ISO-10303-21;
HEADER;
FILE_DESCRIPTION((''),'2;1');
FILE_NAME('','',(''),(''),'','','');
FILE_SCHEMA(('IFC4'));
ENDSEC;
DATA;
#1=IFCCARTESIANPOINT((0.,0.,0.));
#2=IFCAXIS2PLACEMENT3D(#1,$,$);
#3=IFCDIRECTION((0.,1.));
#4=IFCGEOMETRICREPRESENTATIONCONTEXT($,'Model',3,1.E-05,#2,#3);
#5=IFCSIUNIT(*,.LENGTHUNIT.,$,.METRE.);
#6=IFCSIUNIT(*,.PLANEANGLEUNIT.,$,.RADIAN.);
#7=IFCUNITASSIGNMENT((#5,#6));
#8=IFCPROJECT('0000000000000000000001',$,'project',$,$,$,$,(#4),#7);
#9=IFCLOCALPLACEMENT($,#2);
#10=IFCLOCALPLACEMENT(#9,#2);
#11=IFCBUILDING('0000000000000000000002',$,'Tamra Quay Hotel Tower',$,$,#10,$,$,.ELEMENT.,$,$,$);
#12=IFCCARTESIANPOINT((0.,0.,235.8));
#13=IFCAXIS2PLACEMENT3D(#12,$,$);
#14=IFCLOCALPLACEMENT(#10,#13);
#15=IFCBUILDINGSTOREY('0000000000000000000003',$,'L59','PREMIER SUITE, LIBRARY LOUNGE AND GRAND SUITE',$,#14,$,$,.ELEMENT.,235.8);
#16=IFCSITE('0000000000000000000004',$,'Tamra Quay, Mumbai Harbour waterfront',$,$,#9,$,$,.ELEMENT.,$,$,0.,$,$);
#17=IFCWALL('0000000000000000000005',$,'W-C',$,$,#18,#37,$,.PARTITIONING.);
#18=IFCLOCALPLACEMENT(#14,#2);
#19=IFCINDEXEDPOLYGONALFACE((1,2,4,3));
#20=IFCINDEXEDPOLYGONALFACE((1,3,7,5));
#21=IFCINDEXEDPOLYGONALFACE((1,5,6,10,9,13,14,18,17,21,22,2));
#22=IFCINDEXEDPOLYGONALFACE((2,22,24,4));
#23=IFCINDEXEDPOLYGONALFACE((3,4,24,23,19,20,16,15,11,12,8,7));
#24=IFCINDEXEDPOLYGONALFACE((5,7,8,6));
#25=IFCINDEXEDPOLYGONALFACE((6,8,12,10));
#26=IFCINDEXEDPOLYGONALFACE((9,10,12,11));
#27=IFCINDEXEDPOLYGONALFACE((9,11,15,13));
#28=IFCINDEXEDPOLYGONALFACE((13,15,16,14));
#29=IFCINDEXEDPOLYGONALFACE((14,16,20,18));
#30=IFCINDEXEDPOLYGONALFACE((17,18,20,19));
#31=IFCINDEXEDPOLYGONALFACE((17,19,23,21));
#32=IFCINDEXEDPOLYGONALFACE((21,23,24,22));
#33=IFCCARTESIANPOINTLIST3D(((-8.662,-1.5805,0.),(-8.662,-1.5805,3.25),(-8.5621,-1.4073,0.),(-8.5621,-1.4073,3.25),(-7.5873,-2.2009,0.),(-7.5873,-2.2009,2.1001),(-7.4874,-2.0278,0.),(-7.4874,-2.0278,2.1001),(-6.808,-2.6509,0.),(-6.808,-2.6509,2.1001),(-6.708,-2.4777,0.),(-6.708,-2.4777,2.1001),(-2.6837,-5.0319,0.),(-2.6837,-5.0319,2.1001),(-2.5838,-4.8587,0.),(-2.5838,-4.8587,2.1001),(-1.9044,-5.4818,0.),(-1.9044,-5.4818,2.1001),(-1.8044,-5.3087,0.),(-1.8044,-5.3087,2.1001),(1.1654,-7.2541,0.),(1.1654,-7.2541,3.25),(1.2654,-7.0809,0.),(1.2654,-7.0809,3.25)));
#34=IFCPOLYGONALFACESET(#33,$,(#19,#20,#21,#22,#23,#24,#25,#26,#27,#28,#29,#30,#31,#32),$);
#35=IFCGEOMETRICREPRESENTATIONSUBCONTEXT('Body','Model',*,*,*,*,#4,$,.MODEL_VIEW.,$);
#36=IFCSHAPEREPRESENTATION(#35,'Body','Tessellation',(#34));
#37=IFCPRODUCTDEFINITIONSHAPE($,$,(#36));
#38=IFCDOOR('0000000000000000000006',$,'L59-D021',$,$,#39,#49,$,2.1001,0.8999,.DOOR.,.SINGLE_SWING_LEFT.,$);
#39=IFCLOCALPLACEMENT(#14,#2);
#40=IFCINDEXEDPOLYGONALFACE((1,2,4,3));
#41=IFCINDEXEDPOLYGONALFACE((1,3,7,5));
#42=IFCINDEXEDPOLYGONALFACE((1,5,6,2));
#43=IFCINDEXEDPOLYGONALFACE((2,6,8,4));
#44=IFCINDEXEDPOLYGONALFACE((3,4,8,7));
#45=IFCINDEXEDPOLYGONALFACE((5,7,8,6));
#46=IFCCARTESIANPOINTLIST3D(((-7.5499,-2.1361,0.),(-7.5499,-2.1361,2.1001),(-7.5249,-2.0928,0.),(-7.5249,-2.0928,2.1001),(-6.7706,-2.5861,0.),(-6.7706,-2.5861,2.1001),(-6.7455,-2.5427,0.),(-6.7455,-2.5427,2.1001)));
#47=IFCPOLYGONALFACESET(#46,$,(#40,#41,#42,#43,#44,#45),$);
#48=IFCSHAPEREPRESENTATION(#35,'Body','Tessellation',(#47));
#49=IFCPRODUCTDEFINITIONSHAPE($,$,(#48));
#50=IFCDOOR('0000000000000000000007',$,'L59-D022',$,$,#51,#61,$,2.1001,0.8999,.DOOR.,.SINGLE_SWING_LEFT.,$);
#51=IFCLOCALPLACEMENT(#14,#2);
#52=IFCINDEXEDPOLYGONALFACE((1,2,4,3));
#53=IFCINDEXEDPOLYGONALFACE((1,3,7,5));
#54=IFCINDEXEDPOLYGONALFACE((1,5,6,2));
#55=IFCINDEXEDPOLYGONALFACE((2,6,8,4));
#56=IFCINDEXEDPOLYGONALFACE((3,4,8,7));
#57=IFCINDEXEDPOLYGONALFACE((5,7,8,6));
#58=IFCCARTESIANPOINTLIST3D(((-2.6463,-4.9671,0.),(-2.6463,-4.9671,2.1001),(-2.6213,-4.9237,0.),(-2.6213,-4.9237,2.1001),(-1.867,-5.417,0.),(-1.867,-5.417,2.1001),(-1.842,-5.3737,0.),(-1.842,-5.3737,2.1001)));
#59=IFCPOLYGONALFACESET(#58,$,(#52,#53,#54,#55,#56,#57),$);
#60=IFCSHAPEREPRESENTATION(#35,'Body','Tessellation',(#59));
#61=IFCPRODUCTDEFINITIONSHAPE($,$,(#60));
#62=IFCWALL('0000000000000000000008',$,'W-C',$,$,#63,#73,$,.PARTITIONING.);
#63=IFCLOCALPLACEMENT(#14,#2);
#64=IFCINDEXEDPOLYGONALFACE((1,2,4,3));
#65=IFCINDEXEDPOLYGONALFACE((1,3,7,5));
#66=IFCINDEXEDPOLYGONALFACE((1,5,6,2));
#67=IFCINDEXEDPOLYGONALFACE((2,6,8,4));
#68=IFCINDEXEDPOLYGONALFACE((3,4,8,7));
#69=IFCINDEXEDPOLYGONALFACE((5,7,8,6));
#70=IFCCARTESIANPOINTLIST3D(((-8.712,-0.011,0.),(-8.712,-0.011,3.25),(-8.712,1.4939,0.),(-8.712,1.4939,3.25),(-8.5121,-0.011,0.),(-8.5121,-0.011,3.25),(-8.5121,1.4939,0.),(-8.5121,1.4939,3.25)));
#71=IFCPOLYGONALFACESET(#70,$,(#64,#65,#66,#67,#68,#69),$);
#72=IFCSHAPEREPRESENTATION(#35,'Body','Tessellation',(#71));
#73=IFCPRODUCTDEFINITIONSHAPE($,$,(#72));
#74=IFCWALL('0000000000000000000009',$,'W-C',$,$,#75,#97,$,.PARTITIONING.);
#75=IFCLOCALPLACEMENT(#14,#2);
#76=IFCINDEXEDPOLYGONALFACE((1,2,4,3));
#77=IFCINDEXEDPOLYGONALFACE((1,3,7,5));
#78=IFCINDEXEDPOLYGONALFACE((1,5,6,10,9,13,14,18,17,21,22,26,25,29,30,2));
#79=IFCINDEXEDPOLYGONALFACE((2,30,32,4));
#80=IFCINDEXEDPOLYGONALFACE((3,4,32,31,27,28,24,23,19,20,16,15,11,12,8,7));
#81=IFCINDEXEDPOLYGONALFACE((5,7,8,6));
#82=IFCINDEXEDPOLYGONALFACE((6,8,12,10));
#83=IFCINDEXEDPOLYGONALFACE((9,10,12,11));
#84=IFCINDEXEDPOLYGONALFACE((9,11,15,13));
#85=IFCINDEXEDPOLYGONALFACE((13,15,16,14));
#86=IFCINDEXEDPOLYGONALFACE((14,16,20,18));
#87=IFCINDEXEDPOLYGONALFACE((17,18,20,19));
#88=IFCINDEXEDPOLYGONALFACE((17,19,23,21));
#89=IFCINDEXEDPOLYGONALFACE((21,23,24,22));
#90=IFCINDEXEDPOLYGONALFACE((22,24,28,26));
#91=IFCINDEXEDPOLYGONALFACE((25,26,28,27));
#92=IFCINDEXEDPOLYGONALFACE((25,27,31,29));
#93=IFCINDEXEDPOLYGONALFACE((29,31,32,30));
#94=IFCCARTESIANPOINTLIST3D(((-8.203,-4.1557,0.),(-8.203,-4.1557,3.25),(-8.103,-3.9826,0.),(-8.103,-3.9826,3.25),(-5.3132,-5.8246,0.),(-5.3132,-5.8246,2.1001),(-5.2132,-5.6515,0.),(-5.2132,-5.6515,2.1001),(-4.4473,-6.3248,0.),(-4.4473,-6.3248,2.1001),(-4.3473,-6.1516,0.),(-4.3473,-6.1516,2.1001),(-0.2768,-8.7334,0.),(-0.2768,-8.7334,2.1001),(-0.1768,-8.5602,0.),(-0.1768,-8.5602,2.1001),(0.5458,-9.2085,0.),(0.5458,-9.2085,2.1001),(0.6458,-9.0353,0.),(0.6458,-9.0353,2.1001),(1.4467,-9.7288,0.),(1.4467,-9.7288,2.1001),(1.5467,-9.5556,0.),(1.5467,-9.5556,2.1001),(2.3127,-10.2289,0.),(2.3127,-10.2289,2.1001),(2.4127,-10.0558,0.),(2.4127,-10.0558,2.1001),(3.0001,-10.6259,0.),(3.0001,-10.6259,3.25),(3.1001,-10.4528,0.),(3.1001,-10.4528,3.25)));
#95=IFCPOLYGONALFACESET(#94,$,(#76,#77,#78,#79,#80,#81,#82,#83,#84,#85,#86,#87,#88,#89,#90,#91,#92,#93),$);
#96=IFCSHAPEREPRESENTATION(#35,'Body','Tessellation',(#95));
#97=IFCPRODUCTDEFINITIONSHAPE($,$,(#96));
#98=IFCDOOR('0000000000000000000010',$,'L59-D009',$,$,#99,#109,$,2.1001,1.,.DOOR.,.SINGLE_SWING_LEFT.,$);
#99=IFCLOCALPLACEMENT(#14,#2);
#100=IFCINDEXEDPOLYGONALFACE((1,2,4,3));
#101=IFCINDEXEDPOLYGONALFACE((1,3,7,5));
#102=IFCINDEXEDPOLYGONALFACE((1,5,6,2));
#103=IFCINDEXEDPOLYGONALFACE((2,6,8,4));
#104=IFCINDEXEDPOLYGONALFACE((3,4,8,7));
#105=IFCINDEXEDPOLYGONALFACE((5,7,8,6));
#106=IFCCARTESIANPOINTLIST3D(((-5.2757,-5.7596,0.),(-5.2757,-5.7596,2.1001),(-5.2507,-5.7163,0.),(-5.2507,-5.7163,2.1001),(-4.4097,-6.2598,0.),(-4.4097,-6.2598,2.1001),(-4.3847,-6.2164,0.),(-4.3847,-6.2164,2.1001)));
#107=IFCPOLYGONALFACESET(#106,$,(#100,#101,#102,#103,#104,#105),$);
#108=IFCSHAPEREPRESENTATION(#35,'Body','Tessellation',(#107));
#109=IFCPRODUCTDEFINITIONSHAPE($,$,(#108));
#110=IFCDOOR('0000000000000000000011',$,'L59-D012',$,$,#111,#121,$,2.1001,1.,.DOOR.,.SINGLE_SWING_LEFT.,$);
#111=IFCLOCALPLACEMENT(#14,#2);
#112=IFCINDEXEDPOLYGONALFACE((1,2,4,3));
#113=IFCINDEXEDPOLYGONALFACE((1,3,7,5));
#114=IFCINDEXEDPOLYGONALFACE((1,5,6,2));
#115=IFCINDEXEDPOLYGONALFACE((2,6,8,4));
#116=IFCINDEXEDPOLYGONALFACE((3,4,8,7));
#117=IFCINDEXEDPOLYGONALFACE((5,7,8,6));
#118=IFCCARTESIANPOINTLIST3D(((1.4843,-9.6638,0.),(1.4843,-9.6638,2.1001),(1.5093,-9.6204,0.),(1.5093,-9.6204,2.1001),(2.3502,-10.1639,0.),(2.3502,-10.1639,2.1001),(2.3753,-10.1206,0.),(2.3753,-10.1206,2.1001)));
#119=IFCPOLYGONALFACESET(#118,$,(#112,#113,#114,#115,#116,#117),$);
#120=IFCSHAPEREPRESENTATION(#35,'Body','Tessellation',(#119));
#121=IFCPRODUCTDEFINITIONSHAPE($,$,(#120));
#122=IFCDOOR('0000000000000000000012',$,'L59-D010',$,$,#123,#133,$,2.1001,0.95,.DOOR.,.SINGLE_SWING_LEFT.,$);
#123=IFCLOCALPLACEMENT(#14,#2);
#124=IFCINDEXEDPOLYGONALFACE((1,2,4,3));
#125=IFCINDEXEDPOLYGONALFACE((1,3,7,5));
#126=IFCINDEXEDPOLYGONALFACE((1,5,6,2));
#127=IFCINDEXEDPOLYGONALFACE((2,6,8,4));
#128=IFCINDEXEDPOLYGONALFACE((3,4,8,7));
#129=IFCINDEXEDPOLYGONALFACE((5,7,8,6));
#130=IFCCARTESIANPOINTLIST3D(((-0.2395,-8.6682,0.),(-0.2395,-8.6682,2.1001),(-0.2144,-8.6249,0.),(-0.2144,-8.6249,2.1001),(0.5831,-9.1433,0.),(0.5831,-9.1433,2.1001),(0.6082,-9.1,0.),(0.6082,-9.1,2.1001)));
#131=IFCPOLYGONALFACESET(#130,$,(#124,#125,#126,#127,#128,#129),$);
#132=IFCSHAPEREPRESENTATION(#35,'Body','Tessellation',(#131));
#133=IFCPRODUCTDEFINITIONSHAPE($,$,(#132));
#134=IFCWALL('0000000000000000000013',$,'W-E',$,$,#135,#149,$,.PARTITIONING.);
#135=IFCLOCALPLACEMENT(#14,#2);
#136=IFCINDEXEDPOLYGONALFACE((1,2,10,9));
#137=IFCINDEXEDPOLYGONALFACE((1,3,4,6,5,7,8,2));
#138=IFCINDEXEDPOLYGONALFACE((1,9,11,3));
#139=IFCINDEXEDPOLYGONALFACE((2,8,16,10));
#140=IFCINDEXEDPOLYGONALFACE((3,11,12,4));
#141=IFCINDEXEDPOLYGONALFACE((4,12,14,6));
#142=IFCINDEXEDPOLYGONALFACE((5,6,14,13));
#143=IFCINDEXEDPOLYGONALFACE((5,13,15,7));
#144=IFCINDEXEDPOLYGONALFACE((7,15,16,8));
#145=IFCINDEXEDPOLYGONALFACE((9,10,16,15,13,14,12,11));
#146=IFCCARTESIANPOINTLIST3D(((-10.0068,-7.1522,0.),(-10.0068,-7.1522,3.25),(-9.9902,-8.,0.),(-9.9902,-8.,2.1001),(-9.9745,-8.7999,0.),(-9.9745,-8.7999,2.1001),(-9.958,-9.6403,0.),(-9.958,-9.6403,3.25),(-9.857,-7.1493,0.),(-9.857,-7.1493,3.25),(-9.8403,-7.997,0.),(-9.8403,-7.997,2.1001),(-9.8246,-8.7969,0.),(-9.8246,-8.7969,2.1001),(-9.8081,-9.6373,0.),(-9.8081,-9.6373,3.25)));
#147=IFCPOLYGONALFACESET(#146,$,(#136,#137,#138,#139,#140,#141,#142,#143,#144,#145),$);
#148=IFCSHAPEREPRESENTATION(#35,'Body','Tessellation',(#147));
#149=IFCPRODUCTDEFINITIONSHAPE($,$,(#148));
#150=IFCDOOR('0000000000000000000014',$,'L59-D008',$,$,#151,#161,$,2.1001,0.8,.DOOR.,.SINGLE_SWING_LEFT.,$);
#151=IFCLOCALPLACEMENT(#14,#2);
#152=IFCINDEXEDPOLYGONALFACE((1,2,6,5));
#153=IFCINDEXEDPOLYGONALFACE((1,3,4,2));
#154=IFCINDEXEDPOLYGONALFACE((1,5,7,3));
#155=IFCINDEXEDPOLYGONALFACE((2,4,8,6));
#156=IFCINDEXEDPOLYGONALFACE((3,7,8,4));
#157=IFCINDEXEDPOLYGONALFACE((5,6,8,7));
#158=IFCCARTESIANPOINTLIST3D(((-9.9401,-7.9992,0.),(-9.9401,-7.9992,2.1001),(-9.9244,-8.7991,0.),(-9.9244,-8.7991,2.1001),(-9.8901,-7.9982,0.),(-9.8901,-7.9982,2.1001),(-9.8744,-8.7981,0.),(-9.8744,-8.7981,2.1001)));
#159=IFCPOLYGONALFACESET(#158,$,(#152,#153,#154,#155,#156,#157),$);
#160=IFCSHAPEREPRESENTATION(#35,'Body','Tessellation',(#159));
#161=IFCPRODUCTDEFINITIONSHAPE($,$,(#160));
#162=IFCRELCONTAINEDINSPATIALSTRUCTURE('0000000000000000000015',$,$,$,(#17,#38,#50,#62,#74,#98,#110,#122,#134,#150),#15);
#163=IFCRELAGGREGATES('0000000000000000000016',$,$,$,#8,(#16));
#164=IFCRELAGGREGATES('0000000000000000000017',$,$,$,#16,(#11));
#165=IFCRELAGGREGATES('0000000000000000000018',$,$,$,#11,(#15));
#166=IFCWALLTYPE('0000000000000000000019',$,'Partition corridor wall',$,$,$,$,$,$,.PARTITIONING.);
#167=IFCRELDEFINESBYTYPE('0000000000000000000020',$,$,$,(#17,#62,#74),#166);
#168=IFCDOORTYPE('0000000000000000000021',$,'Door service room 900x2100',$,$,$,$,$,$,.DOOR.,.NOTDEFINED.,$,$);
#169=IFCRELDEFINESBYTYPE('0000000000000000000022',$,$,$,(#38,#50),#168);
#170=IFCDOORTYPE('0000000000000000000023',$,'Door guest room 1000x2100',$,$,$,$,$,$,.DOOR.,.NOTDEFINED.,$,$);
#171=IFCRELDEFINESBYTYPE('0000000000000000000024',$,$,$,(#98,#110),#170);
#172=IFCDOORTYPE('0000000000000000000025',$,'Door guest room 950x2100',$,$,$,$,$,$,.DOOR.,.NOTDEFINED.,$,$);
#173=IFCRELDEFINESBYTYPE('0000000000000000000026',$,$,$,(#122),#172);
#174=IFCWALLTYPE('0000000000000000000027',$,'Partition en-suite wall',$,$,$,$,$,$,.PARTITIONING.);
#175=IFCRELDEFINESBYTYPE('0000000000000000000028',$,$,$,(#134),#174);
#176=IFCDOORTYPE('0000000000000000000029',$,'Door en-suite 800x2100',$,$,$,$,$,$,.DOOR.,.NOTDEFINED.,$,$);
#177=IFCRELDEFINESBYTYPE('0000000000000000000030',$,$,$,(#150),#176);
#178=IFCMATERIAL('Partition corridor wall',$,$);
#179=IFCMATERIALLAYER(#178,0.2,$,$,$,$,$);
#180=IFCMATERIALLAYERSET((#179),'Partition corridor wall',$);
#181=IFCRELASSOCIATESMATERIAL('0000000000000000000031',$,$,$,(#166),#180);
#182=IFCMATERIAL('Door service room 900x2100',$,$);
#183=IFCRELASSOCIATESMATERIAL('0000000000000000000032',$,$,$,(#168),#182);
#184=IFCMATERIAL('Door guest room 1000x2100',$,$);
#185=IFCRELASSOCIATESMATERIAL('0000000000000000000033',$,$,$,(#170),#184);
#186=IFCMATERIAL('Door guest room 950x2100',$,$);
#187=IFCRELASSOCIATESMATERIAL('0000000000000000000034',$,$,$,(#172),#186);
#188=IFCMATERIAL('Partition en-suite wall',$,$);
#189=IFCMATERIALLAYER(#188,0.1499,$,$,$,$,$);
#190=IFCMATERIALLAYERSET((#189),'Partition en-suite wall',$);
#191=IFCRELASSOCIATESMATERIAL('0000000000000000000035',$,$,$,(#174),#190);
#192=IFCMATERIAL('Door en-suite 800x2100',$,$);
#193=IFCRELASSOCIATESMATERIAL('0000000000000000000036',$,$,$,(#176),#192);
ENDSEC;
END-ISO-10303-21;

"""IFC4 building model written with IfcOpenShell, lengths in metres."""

from ifc_helpers import new_model, si_unit, direction, frame, frame_2d, origin, place, context, subcontext, project, spatial, rectangle, extrude, material, layer, layer_set, type_object, element, fill, save


model = new_model("IFC4")

# Units and contexts
model_context = context("Model", 3, precision=1e-05, world=origin(), true_north=direction((0.0, 1.0)))
body_context = subcontext(model_context, "Body", "Model", "MODEL_VIEW")
ifc_project = project(units=[si_unit("LENGTHUNIT", "METRE"), si_unit("PLANEANGLEUNIT", "RADIAN")], contexts=[model_context])

# Site, building, storey
site_placement = place(None, origin())
site = spatial("IfcSite", under=ifc_project, at=site_placement, Name="Tamra Quay, Mumbai Harbour waterfront", CompositionType="ELEMENT", RefElevation=0.0)
building_placement = place(site_placement, origin())
building = spatial("IfcBuilding", under=site, at=building_placement, Name="Tamra Quay Hotel Tower", CompositionType="ELEMENT")
storey_placement = place(building_placement, frame((0.0, 0.0, 235.8)))
storey = spatial("IfcBuildingStorey", under=building, at=storey_placement, Name="L59", Description="PREMIER SUITE, LIBRARY LOUNGE AND GRAND SUITE", CompositionType="ELEMENT", Elevation=235.8)

# Shared definitions
ifc_material_1 = material(Name="Partition corridor wall")
ifc_layer_1 = layer(ifc_material_1, 0.2)
ifc_layer_set_1 = layer_set([ifc_layer_1], Name="Partition corridor wall")
wall_type_1 = type_object("IfcWallType", Name="Partition corridor wall", PredefinedType="PARTITIONING", material=ifc_layer_set_1)

# Wall, openings, doors
wall_1_placement = place(storey_placement, frame((-8.6121, -1.4939, 0.0), z_axis=(0.0, 0.0, 1.0), x_axis=(0.866035, -0.499983, 0.0)))
wall_1 = element("IfcWall", 1, at=wall_1_placement, inside=storey, type_object=wall_type_1, Name="W-C", PredefinedType="PARTITIONING", context=body_context, shape_type="SweptSolid", body=[
    extrude(rectangle(XDim=11.3477, YDim=0.2, at=frame_2d((5.6738, 0.0))), origin(), (0.0, 0.0, 1.0), 3.25),
])
opening_1_placement = place(wall_1_placement, frame((1.241, 0.0, 0.0)))
opening_1 = element("IfcOpeningElement", 2, at=opening_1_placement, cuts=wall_1, PredefinedType="OPENING", context=body_context, shape_type="SweptSolid", body=[
    extrude(rectangle(XDim=0.8999, YDim=2.1001, at=frame_2d((0.45, 1.05))), frame((0.0, 0.1099, 0.0), z_axis=(0.0, -1.0, 0.0), x_axis=(1.0, 0.0, 0.0)), (0.0, 0.0, 1.0), 0.22),
])
opening_2_placement = place(wall_1_placement, frame((6.9031, 0.0, 0.0)))
opening_2 = element("IfcOpeningElement", 3, at=opening_2_placement, cuts=wall_1, PredefinedType="OPENING", context=body_context, shape_type="SweptSolid", body=[
    extrude(rectangle(XDim=0.8999, YDim=2.1001, at=frame_2d((0.45, 1.05))), frame((0.0, 0.1099, 0.0), z_axis=(0.0, -1.0, 0.0), x_axis=(1.0, 0.0, 0.0)), (0.0, 0.0, 1.0), 0.22),
])
ifc_material_2 = material(Name="Door service room 900x2100")
door_type_1 = type_object("IfcDoorType", Name="Door service room 900x2100", OperationType="NOTDEFINED", PredefinedType="DOOR", material=ifc_material_2)
door_1_placement = place(opening_1_placement, origin())
door_1 = element("IfcDoor", 4, at=door_1_placement, inside=storey, type_object=door_type_1, Name="L59-D021", OperationType="SINGLE_SWING_LEFT", OverallHeight=2.1001, OverallWidth=0.8999, PredefinedType="DOOR", context=body_context, shape_type="SweptSolid", body=[
    extrude(rectangle(XDim=0.8999, YDim=2.1001, at=frame_2d((0.45, 1.05))), frame((0.0, 0.0249, 0.0), z_axis=(0.0, -1.0, 0.0), x_axis=(1.0, 0.0, 0.0)), (0.0, 0.0, 1.0), 0.05),
])
fill(opening_1, door_1)
door_2_placement = place(opening_2_placement, origin())
door_2 = element("IfcDoor", 5, at=door_2_placement, inside=storey, type_object=door_type_1, Name="L59-D022", OperationType="SINGLE_SWING_LEFT", OverallHeight=2.1001, OverallWidth=0.8999, PredefinedType="DOOR", context=body_context, shape_type="SweptSolid", body=[
    extrude(rectangle(XDim=0.8999, YDim=2.1001, at=frame_2d((0.45, 1.05))), frame((0.0, 0.0249, 0.0), z_axis=(0.0, -1.0, 0.0), x_axis=(1.0, 0.0, 0.0)), (0.0, 0.0, 1.0), 0.05),
])
fill(opening_2, door_2)

# Wall
wall_2_placement = place(storey_placement, frame((-8.6121, -0.011, 0.0), z_axis=(0.0, 0.0, 1.0), x_axis=(0.0, 1.0, 0.0)))
element("IfcWall", 6, at=wall_2_placement, inside=storey, type_object=wall_type_1, Name="W-C", PredefinedType="PARTITIONING", context=body_context, shape_type="SweptSolid", body=[
    extrude(rectangle(XDim=1.5049, YDim=0.2, at=frame_2d((0.7524, 0.0))), origin(), (0.0, 0.0, 1.0), 3.25),
])

# Wall, openings, doors
wall_3_placement = place(storey_placement, frame((-8.1531, -4.0691, 0.0), z_axis=(0.0, 0.0, 1.0), x_axis=(0.865956, -0.500121, 0.0)))
wall_3 = element("IfcWall", 7, at=wall_3_placement, inside=storey, type_object=wall_type_1, Name="W-C", PredefinedType="PARTITIONING", context=body_context, shape_type="SweptSolid", body=[
    extrude(rectangle(XDim=12.9373, YDim=0.2, at=frame_2d((6.4688, 0.0))), origin(), (0.0, 0.0, 1.0), 3.25),
])
opening_3_placement = place(wall_3_placement, frame((3.3372, 0.0, 0.0)))
opening_3 = element("IfcOpeningElement", 8, at=opening_3_placement, cuts=wall_3, PredefinedType="OPENING", context=body_context, shape_type="SweptSolid", body=[
    extrude(rectangle(XDim=1.0, YDim=2.1001, at=frame_2d((0.5, 1.05))), frame((0.0, 0.1099, 0.0), z_axis=(0.0, -1.0, 0.0), x_axis=(1.0, 0.0, 0.0)), (0.0, 0.0, 1.0), 0.22),
])
opening_4_placement = place(wall_3_placement, frame((9.1531, 0.0, 0.0)))
opening_4 = element("IfcOpeningElement", 9, at=opening_4_placement, cuts=wall_3, PredefinedType="OPENING", context=body_context, shape_type="SweptSolid", body=[
    extrude(rectangle(XDim=0.95, YDim=2.1001, at=frame_2d((0.4751, 1.05))), frame((0.0, 0.1099, 0.0), z_axis=(0.0, -1.0, 0.0), x_axis=(1.0, 0.0, 0.0)), (0.0, 0.0, 1.0), 0.22),
])
opening_5_placement = place(wall_3_placement, frame((11.1436, 0.0, 0.0)))
opening_5 = element("IfcOpeningElement", 10, at=opening_5_placement, cuts=wall_3, PredefinedType="OPENING", context=body_context, shape_type="SweptSolid", body=[
    extrude(rectangle(XDim=1.0, YDim=2.1001, at=frame_2d((0.5, 1.05))), frame((0.0, 0.1099, 0.0), z_axis=(0.0, -1.0, 0.0), x_axis=(1.0, 0.0, 0.0)), (0.0, 0.0, 1.0), 0.22),
])
ifc_material_3 = material(Name="Door guest room 1000x2100")
door_type_2 = type_object("IfcDoorType", Name="Door guest room 1000x2100", OperationType="NOTDEFINED", PredefinedType="DOOR", material=ifc_material_3)
door_3_placement = place(opening_3_placement, frame((1.0, 0.0, 0.0), z_axis=(0.0, 0.0, 1.0), x_axis=(-1.0, 0.0, 0.0)))
door_3 = element("IfcDoor", 11, at=door_3_placement, inside=storey, type_object=door_type_2, Name="L59-D009", OperationType="SINGLE_SWING_LEFT", OverallHeight=2.1001, OverallWidth=1.0, PredefinedType="DOOR", context=body_context, shape_type="SweptSolid", body=[
    extrude(rectangle(XDim=1.0, YDim=2.1001, at=frame_2d((0.5, 1.05))), frame((0.0, 0.0249, 0.0), z_axis=(0.0, -1.0, 0.0), x_axis=(1.0, 0.0, 0.0)), (0.0, 0.0, 1.0), 0.05),
])
fill(opening_3, door_3)
door_4_placement = place(opening_5_placement, frame((1.0, 0.0, 0.0), z_axis=(0.0, 0.0, 1.0), x_axis=(-1.0, 0.0, 0.0)))
door_4 = element("IfcDoor", 12, at=door_4_placement, inside=storey, type_object=door_type_2, Name="L59-D012", OperationType="SINGLE_SWING_LEFT", OverallHeight=2.1001, OverallWidth=1.0, PredefinedType="DOOR", context=body_context, shape_type="SweptSolid", body=[
    extrude(rectangle(XDim=1.0, YDim=2.1001, at=frame_2d((0.5, 1.05))), frame((0.0, 0.0249, 0.0), z_axis=(0.0, -1.0, 0.0), x_axis=(1.0, 0.0, 0.0)), (0.0, 0.0, 1.0), 0.05),
])
fill(opening_5, door_4)
ifc_material_4 = material(Name="Door guest room 950x2100")
door_type_3 = type_object("IfcDoorType", Name="Door guest room 950x2100", OperationType="NOTDEFINED", PredefinedType="DOOR", material=ifc_material_4)
door_5_placement = place(opening_4_placement, frame((0.95, 0.0, 0.0), z_axis=(0.0, 0.0, 1.0), x_axis=(-1.0, 0.0, 0.0)))
door_5 = element("IfcDoor", 13, at=door_5_placement, inside=storey, type_object=door_type_3, Name="L59-D010", OperationType="SINGLE_SWING_LEFT", OverallHeight=2.1001, OverallWidth=0.95, PredefinedType="DOOR", context=body_context, shape_type="SweptSolid", body=[
    extrude(rectangle(XDim=0.95, YDim=2.1001, at=frame_2d((0.4751, 1.05))), frame((0.0, 0.0249, 0.0), z_axis=(0.0, -1.0, 0.0), x_axis=(1.0, 0.0, 0.0)), (0.0, 0.0, 1.0), 0.05),
])
fill(opening_4, door_5)

# Wall, opening, door
ifc_material_5 = material(Name="Partition en-suite wall")
ifc_layer_2 = layer(ifc_material_5, 0.1499)
ifc_layer_set_2 = layer_set([ifc_layer_2], Name="Partition en-suite wall")
wall_type_2 = type_object("IfcWallType", Name="Partition en-suite wall", PredefinedType="PARTITIONING", material=ifc_layer_set_2)
wall_4_placement = place(storey_placement, frame((-9.9319, -7.1509, 0.0), z_axis=(0.0, 0.0, 1.0), x_axis=(0.019621, -0.999807, 0.0)))
wall_4 = element("IfcWall", 14, at=wall_4_placement, inside=storey, type_object=wall_type_2, Name="W-E", PredefinedType="PARTITIONING", context=body_context, shape_type="SweptSolid", body=[
    extrude(rectangle(XDim=2.4885, YDim=0.1499, at=frame_2d((1.2441, 0.0))), origin(), (0.0, 0.0, 1.0), 3.25),
])
opening_6_placement = place(wall_4_placement, frame((0.8479, 0.0, 0.0)))
opening_6 = element("IfcOpeningElement", 15, at=opening_6_placement, cuts=wall_4, PredefinedType="OPENING", context=body_context, shape_type="SweptSolid", body=[
    extrude(rectangle(XDim=0.8, YDim=2.1001, at=frame_2d((0.3999, 1.05))), frame((0.0, 0.085, 0.0), z_axis=(0.0, -1.0, 0.0), x_axis=(1.0, 0.0, 0.0)), (0.0, 0.0, 1.0), 0.1699),
])
ifc_material_6 = material(Name="Door en-suite 800x2100")
door_type_4 = type_object("IfcDoorType", Name="Door en-suite 800x2100", OperationType="NOTDEFINED", PredefinedType="DOOR", material=ifc_material_6)
door_6_placement = place(opening_6_placement, frame((0.8, 0.0, 0.0), z_axis=(0.0, 0.0, 1.0), x_axis=(-1.0, 0.0, 0.0)))
door_6 = element("IfcDoor", 16, at=door_6_placement, inside=storey, type_object=door_type_4, Name="L59-D008", OperationType="SINGLE_SWING_LEFT", OverallHeight=2.1001, OverallWidth=0.8, PredefinedType="DOOR", context=body_context, shape_type="SweptSolid", body=[
    extrude(rectangle(XDim=0.8, YDim=2.1001, at=frame_2d((0.3999, 1.05))), frame((0.0, 0.0249, 0.0), z_axis=(0.0, -1.0, 0.0), x_axis=(1.0, 0.0, 0.0)), (0.0, 0.0, 1.0), 0.05),
])
fill(opening_6, door_6)

save(model, "model.ifc")
